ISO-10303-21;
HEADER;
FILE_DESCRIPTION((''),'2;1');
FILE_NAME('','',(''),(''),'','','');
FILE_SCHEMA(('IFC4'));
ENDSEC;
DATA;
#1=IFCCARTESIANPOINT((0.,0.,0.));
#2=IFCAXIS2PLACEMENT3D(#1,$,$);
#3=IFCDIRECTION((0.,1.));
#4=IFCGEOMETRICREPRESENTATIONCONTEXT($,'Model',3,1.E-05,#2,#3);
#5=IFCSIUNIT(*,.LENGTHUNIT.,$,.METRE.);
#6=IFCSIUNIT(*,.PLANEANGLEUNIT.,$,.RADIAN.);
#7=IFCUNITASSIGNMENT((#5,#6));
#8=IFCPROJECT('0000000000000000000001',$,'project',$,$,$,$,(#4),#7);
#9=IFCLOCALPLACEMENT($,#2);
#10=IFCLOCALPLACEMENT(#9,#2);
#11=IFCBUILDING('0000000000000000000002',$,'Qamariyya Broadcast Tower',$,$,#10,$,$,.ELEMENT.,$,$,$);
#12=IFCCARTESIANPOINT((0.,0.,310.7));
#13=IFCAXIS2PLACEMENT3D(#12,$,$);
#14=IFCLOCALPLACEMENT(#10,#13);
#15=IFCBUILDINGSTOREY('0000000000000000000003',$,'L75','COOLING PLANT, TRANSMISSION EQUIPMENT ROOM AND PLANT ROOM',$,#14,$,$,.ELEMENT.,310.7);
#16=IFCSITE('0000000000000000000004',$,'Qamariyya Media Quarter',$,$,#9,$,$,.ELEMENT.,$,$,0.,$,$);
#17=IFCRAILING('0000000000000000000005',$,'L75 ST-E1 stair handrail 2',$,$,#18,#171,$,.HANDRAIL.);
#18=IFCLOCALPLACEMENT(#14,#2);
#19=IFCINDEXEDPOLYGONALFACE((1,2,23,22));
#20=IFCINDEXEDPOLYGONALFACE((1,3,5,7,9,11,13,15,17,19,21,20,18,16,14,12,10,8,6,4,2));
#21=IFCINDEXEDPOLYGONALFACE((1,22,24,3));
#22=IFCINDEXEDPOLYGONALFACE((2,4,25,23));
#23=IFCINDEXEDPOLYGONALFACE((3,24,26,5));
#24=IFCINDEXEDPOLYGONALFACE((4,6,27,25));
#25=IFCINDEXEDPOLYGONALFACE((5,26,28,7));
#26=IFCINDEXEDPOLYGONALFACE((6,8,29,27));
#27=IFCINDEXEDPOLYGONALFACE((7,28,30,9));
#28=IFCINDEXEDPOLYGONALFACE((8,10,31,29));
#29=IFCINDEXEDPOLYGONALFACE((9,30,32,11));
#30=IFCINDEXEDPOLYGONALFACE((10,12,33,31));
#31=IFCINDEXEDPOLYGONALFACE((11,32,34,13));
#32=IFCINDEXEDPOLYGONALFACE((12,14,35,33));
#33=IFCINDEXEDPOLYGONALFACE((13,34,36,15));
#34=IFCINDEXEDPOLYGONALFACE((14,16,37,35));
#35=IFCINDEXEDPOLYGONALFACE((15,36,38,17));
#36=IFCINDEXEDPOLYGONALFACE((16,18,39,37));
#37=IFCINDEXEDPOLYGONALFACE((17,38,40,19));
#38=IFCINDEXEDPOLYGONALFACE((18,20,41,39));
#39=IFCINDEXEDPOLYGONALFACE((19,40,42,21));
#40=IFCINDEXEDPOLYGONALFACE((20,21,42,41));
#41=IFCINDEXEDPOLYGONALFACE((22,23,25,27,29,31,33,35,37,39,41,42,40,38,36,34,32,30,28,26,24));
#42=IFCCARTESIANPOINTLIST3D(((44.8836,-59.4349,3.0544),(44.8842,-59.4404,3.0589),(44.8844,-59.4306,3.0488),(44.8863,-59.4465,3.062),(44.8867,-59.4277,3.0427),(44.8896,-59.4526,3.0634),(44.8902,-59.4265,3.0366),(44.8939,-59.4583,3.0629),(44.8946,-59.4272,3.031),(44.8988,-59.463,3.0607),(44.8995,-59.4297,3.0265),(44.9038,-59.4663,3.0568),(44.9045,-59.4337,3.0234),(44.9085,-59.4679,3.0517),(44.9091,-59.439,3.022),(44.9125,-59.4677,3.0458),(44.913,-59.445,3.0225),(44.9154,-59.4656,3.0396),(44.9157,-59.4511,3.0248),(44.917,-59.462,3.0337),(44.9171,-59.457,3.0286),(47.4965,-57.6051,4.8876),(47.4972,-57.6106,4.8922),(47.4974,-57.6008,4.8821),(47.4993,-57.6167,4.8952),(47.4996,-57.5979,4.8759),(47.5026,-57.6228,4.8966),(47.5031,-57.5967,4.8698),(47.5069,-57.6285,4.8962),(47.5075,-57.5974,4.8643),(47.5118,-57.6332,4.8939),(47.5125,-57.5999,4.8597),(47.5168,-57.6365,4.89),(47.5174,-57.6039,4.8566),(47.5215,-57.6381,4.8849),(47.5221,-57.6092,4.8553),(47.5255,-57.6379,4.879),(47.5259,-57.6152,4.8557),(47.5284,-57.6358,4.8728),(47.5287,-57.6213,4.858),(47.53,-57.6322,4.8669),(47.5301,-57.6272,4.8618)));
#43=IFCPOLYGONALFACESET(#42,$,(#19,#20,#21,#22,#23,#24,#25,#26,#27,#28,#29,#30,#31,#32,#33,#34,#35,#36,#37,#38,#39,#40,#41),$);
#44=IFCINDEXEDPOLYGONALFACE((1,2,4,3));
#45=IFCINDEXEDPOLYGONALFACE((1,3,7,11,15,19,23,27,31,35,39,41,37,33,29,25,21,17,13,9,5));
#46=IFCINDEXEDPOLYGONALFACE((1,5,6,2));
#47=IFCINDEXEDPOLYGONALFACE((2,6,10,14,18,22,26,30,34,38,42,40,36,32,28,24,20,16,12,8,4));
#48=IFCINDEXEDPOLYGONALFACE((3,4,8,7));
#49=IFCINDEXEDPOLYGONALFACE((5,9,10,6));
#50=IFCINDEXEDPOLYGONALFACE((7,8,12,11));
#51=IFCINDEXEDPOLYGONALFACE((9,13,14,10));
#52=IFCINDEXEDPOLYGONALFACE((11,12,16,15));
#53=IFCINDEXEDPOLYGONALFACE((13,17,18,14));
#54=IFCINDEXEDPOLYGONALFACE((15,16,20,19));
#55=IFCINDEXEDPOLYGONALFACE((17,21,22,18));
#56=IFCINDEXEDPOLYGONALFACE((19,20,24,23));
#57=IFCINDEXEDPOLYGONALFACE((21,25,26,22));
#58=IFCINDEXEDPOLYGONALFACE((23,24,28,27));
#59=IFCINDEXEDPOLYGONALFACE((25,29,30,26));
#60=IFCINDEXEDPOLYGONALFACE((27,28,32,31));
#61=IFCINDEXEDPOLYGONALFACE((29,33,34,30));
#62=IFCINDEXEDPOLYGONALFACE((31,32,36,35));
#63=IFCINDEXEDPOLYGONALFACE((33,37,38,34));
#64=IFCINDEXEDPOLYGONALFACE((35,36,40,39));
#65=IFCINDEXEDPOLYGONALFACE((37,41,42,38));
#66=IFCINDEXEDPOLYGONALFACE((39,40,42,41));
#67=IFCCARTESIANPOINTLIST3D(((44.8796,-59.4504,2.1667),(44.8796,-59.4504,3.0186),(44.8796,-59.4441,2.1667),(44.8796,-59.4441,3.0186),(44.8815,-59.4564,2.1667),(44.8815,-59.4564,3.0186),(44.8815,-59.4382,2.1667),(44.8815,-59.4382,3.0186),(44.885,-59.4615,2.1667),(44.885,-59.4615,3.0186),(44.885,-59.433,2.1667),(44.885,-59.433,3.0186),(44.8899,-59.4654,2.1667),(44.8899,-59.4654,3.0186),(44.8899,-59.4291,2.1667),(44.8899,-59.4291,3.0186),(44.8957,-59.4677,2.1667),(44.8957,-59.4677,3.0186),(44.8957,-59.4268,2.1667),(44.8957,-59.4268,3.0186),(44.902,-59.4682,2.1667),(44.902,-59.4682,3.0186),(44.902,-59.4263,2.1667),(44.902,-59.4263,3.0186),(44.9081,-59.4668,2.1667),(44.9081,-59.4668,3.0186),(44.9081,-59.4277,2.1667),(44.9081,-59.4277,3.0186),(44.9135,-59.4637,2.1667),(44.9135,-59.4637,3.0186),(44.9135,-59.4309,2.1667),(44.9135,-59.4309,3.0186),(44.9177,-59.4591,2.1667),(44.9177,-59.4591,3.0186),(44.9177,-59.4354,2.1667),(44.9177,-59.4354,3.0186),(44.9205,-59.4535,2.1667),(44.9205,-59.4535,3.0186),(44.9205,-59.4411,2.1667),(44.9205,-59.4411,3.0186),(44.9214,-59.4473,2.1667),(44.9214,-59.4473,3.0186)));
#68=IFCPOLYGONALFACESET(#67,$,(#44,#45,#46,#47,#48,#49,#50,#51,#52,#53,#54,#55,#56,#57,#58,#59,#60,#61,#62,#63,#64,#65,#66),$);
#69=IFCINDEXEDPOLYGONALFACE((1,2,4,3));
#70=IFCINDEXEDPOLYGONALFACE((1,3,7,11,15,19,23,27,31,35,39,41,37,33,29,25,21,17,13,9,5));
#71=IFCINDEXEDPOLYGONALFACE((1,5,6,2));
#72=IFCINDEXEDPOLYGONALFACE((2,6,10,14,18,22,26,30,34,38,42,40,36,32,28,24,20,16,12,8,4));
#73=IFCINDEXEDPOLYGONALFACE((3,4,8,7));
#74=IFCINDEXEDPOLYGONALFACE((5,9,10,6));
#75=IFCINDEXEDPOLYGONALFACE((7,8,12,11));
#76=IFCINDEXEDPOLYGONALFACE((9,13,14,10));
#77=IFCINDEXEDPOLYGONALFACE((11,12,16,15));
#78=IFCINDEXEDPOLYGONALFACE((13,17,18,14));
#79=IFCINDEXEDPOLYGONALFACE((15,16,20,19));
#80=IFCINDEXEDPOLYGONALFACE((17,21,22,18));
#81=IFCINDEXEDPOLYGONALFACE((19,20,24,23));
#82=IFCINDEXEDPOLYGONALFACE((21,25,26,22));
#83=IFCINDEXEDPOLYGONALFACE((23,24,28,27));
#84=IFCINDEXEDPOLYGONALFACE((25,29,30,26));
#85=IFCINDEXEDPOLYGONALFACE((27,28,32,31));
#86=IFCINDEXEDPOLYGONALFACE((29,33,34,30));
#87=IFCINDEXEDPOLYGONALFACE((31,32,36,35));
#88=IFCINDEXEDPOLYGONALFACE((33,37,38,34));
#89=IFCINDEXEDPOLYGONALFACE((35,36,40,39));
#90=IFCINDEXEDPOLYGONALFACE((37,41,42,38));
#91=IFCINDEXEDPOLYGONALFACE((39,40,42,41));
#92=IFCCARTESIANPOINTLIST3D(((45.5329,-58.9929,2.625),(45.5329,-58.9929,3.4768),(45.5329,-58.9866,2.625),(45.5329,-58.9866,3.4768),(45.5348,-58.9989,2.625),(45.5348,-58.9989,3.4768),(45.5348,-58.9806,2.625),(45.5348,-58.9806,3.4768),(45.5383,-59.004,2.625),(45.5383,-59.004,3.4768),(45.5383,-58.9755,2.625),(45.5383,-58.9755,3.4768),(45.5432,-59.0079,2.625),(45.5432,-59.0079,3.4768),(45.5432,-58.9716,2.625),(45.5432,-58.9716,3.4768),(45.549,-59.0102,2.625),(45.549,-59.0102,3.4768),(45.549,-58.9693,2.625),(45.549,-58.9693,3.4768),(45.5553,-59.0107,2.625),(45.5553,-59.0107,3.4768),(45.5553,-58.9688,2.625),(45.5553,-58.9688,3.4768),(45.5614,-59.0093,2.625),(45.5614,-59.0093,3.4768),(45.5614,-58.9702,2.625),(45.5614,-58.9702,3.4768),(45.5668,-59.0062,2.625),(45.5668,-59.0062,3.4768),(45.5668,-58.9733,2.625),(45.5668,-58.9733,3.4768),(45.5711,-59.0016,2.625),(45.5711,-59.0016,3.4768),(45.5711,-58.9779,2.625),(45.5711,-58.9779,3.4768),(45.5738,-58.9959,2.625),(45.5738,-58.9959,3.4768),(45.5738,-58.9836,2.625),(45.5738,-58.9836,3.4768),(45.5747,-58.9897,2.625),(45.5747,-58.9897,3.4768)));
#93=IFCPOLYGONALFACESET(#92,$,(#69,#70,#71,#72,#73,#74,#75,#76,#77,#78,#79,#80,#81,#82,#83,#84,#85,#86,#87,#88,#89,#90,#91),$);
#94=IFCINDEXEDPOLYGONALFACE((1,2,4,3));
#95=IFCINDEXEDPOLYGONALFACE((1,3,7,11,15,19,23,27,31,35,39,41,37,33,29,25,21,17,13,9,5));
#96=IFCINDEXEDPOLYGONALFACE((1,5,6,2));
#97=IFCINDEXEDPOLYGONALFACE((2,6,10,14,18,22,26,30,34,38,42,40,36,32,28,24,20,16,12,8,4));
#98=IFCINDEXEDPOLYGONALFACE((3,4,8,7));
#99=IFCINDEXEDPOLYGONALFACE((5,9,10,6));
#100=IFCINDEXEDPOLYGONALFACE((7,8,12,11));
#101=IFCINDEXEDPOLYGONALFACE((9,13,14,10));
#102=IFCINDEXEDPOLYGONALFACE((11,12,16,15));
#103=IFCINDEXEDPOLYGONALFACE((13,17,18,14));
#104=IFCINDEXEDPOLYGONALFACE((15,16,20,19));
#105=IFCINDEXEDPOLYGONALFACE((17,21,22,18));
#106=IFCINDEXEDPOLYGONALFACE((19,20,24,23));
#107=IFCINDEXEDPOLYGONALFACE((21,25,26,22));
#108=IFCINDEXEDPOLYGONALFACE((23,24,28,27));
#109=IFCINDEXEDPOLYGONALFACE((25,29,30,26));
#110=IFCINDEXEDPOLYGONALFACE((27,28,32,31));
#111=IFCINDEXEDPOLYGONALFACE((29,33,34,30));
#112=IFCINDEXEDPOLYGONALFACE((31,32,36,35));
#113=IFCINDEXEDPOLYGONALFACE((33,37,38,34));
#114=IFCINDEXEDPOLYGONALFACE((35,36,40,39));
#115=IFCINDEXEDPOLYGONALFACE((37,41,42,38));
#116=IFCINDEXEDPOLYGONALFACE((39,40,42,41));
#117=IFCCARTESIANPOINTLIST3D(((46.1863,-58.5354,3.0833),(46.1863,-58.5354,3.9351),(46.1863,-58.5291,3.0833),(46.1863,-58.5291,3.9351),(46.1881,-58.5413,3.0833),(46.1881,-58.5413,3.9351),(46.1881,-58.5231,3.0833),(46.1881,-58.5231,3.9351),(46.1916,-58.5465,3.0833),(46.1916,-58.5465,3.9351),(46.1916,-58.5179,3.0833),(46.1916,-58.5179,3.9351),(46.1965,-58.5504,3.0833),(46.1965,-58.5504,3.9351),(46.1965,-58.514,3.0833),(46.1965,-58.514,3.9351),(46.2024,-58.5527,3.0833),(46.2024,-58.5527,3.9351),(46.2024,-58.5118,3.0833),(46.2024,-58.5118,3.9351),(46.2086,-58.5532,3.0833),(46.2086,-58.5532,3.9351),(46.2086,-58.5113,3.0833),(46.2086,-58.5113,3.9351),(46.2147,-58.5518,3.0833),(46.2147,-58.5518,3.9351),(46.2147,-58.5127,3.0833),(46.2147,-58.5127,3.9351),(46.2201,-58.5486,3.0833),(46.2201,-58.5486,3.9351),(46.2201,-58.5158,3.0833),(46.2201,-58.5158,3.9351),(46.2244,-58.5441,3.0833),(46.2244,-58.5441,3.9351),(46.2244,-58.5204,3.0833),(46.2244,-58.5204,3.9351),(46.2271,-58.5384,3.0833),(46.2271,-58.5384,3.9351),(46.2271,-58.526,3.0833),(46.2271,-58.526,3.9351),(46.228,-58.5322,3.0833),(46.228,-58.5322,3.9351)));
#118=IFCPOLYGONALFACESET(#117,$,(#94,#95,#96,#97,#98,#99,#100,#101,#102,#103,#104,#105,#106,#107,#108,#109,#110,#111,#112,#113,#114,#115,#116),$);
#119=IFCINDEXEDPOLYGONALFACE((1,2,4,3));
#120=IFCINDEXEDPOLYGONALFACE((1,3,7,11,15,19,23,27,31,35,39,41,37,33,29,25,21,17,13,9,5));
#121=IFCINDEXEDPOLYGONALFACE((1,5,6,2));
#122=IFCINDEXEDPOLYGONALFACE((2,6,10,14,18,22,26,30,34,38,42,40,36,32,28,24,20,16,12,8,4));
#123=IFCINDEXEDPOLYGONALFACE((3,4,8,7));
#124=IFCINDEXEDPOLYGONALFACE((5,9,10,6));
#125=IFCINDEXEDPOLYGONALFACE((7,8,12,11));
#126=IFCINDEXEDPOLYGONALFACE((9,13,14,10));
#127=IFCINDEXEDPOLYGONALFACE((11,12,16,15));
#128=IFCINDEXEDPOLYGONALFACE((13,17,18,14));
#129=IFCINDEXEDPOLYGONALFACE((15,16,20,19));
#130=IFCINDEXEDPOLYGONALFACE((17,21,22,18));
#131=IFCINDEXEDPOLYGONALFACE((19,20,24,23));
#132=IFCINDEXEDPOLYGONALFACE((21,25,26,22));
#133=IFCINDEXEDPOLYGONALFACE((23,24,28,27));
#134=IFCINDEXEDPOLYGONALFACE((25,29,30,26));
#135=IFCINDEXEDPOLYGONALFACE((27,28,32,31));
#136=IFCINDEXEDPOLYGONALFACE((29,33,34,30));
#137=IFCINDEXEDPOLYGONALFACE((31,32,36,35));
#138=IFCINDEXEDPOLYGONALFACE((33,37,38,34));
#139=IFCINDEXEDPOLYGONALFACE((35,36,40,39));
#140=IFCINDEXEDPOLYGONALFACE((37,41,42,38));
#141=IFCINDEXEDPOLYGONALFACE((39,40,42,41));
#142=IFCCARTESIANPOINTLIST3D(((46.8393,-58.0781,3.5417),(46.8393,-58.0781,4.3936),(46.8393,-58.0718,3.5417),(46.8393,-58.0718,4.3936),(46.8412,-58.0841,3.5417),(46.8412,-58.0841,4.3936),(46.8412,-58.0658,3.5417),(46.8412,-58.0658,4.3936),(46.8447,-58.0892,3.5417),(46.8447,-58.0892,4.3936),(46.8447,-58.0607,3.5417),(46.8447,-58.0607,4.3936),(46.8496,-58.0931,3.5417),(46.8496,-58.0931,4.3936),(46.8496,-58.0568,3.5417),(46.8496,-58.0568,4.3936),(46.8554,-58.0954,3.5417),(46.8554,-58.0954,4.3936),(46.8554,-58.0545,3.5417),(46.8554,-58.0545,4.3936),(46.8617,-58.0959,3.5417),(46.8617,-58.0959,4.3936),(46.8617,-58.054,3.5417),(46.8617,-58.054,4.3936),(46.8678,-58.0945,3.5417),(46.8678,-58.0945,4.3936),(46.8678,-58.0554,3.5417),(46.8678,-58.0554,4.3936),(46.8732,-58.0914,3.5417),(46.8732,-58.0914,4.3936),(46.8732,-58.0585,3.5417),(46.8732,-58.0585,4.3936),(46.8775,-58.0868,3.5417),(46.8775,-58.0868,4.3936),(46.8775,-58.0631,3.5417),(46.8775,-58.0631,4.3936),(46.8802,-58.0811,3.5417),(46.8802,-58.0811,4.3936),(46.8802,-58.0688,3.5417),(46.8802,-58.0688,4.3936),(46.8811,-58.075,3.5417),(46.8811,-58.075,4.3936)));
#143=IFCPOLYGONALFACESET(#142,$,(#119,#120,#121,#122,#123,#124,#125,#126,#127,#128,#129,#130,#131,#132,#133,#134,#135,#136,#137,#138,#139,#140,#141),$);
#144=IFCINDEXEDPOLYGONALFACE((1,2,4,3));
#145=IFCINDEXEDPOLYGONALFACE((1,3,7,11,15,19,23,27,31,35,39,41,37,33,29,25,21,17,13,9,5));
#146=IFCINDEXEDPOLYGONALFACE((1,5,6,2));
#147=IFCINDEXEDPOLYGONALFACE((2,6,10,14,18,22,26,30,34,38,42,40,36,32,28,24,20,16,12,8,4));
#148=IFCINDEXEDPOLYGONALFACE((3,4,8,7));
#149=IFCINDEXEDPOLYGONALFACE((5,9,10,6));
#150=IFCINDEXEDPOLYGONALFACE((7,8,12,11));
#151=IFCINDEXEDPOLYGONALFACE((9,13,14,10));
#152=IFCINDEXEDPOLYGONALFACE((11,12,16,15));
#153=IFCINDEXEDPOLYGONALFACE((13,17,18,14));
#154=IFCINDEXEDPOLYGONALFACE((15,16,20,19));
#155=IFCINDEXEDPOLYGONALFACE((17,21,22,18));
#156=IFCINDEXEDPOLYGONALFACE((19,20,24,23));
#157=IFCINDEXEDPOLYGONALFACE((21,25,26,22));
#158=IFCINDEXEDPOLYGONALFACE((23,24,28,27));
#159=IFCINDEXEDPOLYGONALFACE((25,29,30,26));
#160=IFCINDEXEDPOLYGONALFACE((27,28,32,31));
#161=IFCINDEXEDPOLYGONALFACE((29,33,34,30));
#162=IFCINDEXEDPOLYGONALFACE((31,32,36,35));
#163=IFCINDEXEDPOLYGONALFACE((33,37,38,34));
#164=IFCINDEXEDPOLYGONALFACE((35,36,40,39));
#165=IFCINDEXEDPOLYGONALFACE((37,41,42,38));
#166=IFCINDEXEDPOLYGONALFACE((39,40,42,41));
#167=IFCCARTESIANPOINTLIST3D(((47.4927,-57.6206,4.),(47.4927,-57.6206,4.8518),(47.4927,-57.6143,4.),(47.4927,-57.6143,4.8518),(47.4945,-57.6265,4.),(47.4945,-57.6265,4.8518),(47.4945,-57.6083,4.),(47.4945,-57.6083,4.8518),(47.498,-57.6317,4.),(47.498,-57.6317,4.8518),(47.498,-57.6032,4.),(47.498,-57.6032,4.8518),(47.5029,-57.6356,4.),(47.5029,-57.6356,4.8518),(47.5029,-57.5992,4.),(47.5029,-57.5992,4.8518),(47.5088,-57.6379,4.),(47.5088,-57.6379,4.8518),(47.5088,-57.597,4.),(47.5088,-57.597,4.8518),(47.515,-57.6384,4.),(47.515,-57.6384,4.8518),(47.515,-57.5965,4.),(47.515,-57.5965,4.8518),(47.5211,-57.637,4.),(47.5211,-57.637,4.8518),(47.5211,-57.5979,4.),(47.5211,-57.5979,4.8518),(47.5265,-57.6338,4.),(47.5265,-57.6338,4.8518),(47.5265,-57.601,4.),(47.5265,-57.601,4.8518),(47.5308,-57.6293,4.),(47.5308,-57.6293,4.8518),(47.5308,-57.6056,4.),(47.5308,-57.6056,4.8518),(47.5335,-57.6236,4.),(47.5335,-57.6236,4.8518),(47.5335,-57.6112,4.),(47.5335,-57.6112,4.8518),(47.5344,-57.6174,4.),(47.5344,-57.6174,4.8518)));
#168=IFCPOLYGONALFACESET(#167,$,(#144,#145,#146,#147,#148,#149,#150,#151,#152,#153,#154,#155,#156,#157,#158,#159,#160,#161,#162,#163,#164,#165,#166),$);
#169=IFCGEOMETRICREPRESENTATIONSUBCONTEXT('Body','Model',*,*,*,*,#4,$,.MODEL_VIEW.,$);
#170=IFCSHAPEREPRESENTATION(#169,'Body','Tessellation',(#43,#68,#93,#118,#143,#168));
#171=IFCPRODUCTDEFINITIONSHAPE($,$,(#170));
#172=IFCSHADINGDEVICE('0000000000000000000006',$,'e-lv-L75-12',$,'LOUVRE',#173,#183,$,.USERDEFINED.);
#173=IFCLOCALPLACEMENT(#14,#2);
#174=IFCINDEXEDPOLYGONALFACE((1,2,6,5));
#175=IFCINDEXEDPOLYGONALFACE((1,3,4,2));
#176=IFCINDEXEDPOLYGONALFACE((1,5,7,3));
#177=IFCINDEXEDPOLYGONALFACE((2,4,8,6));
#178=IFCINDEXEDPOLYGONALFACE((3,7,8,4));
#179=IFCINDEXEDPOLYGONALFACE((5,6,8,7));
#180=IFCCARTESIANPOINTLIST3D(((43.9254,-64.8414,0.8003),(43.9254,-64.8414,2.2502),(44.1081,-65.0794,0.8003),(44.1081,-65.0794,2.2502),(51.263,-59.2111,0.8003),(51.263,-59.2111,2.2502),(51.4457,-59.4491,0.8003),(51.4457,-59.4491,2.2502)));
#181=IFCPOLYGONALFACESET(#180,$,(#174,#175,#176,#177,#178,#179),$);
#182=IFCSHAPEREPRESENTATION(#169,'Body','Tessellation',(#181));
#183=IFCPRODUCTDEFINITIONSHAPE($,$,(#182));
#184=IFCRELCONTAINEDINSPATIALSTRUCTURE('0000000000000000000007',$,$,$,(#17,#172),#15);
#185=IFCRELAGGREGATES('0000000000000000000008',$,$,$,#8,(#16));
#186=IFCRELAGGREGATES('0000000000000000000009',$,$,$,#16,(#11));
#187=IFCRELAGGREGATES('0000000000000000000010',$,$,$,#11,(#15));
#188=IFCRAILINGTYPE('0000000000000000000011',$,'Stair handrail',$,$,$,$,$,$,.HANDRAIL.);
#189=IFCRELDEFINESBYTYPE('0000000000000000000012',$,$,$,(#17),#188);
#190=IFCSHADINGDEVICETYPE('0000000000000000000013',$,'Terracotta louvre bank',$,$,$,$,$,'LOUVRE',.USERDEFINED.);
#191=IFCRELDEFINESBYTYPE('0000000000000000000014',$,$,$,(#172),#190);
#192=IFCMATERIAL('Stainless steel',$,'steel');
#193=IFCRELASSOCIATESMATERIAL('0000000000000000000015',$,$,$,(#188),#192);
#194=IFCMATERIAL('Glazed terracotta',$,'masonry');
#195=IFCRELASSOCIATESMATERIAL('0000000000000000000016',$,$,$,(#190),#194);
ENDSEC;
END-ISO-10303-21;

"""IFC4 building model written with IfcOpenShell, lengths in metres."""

from ifc_helpers import new_model, si_unit, direction, frame, origin, origin_2d, place, context, subcontext, project, spatial, rectangle, circle, extrude, material, type_object, element, save


model = new_model("IFC4")

# Units and contexts
model_context = context("Model", 3, precision=1e-05, world=origin(), true_north=direction((0.0, 1.0)))
body_context = subcontext(model_context, "Body", "Model", "MODEL_VIEW")
ifc_project = project(units=[si_unit("LENGTHUNIT", "METRE"), si_unit("PLANEANGLEUNIT", "RADIAN")], contexts=[model_context])

# Site, building, storey
site_placement = place(None, origin())
site = spatial("IfcSite", under=ifc_project, at=site_placement, Name="Qamariyya Media Quarter", CompositionType="ELEMENT", RefElevation=0.0)
building_placement = place(site_placement, origin())
building = spatial("IfcBuilding", under=site, at=building_placement, Name="Qamariyya Broadcast Tower", CompositionType="ELEMENT")
storey_placement = place(building_placement, frame((0.0, 0.0, 310.7)))
storey = spatial("IfcBuildingStorey", under=building, at=storey_placement, Name="L75", Description="COOLING PLANT, TRANSMISSION EQUIPMENT ROOM AND PLANT ROOM", CompositionType="ELEMENT", Elevation=310.7)

# Railing
ifc_material_1 = material(Name="Stainless steel", Category="steel")
railing_type_1 = type_object("IfcRailingType", Name="Stair handrail", PredefinedType="HANDRAIL", material=ifc_material_1)
railing_1_placement = place(storey_placement, frame((44.9004, -59.4473, 2.1667)))
element("IfcRailing", 1, at=railing_1_placement, inside=storey, type_object=railing_type_1, Name="L75 ST-E1 stair handrail 2", PredefinedType="HANDRAIL", context=body_context, shape_type="SweptSolid", body=[
    extrude(circle(Radius=0.0239, at=origin_2d()), frame((0.0, 0.0, 0.876), z_axis=(0.710204, 0.497335, 0.498264), x_axis=(-0.573611, 0.819128, 0.0)), (0.0, 0.0, 1.0), 3.6792),
    extrude(circle(Radius=0.021, at=origin_2d()), origin(), (0.0, 0.0, 1.0), 0.8518),
    extrude(circle(Radius=0.021, at=origin_2d()), frame((0.6533, 0.4575, 0.4583)), (0.0, 0.0, 1.0), 0.8518),
    extrude(circle(Radius=0.021, at=origin_2d()), frame((1.3066, 0.915, 0.9165)), (0.0, 0.0, 1.0), 0.8518),
    extrude(circle(Radius=0.021, at=origin_2d()), frame((1.9597, 1.3723, 1.375)), (0.0, 0.0, 1.0), 0.8518),
    extrude(circle(Radius=0.021, at=origin_2d()), frame((2.613, 1.8298, 1.8333)), (0.0, 0.0, 1.0), 0.8518),
])

# Shading device
ifc_material_2 = material(Name="Glazed terracotta", Category="masonry")
shading_device_type = type_object("IfcShadingDeviceType", Name="Terracotta louvre bank", ElementType="LOUVRE", PredefinedType="USERDEFINED", material=ifc_material_2)
shading_device_placement = place(storey_placement, frame((47.6855, -62.1453, 0.8003), z_axis=(0.0, 0.0, 1.0), x_axis=(0.793353, 0.608761, 0.0)))
element("IfcShadingDevice", 2, at=shading_device_placement, inside=storey, type_object=shading_device_type, Name="e-lv-L75-12", ObjectType="LOUVRE", PredefinedType="USERDEFINED", context=body_context, shape_type="SweptSolid", body=[
    extrude(rectangle(XDim=9.2488, YDim=0.3, at=origin_2d()), origin(), (0.0, 0.0, 1.0), 1.45),
])

save(model, "model.ifc")
